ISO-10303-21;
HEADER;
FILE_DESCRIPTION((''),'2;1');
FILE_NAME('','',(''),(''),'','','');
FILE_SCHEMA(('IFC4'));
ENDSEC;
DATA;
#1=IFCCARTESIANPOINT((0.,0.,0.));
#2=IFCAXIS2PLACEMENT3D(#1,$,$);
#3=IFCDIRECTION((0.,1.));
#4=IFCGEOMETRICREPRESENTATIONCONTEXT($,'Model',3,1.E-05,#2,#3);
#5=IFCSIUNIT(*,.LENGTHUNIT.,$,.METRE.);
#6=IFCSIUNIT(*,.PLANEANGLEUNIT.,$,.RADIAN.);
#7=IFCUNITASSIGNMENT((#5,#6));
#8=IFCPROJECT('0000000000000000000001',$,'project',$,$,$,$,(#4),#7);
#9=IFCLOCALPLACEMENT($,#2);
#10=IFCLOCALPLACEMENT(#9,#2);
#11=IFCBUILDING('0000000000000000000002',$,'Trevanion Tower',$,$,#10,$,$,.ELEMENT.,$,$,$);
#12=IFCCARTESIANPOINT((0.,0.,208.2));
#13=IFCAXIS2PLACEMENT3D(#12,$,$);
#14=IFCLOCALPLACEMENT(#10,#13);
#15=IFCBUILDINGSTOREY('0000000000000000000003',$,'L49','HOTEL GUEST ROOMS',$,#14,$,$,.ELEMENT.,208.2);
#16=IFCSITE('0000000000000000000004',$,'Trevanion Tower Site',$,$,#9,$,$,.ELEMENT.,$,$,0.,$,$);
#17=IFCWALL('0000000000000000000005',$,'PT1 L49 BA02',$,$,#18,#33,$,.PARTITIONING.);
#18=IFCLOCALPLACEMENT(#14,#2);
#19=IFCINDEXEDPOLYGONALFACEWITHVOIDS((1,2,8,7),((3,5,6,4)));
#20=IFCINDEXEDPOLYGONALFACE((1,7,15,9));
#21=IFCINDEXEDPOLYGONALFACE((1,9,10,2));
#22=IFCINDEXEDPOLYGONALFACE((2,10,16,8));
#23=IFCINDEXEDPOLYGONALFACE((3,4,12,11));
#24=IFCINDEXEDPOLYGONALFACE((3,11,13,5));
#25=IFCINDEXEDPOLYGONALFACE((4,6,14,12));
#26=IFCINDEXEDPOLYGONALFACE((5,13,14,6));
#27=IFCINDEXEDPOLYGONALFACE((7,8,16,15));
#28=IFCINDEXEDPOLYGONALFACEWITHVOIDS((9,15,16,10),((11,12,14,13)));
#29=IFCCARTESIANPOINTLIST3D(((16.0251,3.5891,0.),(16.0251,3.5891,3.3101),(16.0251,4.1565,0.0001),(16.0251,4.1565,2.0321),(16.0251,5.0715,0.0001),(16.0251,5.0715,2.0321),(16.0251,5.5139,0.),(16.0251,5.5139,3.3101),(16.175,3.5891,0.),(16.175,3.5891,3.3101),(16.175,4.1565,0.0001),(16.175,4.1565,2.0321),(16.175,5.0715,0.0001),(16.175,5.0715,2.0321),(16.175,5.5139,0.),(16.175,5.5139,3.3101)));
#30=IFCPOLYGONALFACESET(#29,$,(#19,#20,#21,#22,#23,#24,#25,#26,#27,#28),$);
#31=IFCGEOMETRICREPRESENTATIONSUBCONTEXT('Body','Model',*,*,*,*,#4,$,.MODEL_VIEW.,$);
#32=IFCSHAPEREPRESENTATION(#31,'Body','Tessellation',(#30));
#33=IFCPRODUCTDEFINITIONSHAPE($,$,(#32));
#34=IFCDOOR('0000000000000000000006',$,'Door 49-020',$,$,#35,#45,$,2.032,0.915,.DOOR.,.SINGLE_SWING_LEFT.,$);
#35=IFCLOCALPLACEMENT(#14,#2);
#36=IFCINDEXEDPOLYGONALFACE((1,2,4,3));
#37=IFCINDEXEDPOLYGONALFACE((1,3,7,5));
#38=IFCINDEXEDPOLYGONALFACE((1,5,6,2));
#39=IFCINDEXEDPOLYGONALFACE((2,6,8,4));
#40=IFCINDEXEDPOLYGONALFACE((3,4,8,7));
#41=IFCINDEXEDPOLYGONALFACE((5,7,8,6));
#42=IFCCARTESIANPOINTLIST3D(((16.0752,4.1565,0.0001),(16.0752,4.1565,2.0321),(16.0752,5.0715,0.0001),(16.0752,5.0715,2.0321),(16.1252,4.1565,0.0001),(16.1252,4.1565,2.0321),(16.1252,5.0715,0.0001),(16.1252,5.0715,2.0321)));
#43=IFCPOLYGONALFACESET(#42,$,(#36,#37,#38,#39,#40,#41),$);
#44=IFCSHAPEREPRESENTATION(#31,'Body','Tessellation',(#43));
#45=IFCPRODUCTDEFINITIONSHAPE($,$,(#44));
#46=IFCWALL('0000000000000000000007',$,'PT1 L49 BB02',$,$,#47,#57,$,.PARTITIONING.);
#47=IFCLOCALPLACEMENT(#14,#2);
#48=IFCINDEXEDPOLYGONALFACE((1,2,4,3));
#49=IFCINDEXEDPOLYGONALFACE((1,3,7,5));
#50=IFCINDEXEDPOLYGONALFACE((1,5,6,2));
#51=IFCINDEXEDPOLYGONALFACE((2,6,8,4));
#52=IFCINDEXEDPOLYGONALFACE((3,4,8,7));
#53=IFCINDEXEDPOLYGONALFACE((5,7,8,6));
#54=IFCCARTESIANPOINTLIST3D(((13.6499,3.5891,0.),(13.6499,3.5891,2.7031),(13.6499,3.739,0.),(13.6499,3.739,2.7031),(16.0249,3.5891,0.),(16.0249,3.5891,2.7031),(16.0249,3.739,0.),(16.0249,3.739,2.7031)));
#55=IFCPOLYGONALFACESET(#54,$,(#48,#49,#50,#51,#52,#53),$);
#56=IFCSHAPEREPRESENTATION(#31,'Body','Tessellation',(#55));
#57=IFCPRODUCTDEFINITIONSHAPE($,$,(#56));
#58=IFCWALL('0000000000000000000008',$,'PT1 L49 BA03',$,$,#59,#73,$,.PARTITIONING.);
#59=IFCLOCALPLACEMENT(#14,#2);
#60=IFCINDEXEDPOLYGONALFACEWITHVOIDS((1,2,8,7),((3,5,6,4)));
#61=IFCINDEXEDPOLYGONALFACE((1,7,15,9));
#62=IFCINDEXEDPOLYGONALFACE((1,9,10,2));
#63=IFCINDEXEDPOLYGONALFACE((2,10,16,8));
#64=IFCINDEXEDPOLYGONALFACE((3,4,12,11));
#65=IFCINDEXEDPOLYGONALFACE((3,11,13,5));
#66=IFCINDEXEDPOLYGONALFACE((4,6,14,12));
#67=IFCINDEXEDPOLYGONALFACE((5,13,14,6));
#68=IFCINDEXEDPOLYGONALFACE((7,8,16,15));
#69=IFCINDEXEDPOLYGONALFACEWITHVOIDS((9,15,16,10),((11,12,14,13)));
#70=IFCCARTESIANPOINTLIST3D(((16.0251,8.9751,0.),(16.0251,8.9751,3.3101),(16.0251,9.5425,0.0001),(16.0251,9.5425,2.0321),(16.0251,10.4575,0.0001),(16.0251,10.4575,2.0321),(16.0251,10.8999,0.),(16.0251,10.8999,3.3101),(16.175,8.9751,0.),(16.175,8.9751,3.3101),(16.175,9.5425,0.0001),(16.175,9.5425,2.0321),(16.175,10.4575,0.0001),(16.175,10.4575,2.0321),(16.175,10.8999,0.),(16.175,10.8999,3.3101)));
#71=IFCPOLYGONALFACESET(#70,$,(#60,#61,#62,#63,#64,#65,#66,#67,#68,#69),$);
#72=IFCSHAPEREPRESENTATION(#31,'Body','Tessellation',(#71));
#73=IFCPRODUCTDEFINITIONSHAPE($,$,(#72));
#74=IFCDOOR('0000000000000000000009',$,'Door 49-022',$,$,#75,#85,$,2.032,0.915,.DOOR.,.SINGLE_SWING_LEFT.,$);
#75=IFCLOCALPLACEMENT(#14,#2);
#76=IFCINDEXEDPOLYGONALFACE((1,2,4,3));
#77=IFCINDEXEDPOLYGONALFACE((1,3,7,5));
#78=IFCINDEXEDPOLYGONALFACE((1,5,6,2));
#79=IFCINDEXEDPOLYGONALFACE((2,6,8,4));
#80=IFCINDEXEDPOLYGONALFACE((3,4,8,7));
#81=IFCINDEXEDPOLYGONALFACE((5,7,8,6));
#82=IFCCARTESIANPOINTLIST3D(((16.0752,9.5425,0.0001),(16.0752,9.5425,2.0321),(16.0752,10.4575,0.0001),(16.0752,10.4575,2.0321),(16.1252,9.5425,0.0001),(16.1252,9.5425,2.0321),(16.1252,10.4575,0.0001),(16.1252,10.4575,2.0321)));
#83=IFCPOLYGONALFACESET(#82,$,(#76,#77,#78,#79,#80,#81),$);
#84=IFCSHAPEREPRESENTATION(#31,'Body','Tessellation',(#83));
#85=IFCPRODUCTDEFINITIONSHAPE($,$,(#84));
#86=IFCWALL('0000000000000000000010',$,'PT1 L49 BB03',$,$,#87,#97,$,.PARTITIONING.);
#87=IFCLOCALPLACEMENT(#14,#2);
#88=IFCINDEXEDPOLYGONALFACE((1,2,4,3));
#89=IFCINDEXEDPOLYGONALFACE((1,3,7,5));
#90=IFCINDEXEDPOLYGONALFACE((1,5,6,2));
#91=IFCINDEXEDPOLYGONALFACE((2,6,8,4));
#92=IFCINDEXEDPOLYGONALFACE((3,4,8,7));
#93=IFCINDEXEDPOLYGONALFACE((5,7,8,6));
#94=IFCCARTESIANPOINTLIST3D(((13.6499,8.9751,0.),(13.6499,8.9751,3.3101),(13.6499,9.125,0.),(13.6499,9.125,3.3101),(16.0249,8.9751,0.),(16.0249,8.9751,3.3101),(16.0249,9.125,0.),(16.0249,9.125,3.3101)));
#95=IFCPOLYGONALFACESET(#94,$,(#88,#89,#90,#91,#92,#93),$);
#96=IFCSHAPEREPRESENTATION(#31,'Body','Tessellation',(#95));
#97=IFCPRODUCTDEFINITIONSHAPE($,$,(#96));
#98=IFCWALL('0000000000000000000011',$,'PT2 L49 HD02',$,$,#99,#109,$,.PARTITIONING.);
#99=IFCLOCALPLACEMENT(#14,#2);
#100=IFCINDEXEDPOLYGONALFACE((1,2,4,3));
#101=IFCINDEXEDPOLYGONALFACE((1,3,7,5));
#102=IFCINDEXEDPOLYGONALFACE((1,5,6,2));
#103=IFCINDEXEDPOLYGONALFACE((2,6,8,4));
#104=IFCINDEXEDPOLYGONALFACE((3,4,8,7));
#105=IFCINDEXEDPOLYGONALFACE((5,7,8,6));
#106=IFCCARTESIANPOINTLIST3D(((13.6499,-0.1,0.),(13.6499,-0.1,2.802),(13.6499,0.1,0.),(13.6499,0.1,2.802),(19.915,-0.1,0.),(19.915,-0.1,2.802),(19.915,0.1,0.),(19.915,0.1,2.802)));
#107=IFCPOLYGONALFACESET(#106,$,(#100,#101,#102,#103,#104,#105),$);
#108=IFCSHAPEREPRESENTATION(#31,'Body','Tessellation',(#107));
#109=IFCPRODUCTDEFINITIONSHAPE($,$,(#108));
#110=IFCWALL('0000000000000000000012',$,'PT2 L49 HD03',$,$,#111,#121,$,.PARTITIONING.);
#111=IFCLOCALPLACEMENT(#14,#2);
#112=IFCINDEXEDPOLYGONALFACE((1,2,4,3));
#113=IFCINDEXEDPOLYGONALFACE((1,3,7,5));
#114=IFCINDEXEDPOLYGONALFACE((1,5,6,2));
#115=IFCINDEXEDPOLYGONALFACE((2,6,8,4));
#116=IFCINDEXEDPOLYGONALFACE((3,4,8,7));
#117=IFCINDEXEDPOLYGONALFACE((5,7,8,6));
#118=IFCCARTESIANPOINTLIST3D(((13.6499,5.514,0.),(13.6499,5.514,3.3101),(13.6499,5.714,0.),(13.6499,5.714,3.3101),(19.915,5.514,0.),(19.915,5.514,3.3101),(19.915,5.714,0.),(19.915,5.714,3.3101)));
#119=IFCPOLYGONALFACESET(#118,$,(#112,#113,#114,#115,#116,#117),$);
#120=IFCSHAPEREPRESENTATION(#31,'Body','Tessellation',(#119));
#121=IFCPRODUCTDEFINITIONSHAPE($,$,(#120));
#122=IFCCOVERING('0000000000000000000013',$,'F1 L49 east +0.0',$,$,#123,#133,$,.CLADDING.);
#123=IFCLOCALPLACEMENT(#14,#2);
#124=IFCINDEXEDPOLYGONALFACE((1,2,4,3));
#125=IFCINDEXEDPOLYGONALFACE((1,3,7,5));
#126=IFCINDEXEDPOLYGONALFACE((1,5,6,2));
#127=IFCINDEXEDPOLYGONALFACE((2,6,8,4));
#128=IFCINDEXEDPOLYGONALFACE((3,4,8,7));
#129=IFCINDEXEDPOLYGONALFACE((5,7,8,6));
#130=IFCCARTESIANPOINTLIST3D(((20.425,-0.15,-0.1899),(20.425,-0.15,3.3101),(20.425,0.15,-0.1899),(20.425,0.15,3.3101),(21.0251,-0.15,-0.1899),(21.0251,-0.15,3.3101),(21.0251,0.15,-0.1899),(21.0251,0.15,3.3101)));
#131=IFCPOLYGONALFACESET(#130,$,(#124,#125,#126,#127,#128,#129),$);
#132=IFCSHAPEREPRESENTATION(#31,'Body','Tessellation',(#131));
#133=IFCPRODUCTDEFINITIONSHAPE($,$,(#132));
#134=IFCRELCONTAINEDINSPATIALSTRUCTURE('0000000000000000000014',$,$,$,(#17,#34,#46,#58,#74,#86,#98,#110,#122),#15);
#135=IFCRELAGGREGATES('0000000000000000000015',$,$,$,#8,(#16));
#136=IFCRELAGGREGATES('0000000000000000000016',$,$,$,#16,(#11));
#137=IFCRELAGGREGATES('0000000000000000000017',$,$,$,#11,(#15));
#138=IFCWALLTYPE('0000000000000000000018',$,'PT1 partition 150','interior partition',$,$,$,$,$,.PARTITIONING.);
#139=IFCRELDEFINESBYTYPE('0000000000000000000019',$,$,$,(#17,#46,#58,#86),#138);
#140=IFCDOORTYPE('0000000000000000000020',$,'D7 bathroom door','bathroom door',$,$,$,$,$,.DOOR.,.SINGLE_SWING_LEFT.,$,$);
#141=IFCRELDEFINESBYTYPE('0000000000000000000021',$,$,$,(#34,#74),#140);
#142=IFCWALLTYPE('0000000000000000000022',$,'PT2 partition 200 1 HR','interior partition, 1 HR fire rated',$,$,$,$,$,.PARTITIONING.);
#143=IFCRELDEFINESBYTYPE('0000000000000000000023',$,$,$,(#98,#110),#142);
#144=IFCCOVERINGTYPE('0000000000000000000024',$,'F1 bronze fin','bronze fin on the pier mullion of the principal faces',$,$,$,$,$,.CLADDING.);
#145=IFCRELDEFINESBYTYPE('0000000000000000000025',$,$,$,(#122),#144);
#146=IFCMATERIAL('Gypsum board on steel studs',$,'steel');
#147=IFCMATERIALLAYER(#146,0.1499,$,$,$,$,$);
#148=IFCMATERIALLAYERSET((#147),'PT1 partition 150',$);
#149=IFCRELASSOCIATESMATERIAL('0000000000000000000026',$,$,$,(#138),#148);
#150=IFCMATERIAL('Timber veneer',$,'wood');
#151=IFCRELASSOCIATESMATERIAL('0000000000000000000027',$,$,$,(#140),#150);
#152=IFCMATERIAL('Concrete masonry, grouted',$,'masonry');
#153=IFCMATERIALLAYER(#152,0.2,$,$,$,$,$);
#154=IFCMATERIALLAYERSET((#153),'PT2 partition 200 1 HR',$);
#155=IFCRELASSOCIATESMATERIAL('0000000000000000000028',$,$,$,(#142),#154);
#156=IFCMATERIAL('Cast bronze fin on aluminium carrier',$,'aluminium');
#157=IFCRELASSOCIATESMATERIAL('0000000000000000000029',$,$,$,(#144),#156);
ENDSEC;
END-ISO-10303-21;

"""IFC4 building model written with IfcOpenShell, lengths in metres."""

from ifc_helpers import new_model, si_unit, direction, frame, frame_2d, origin, origin_2d, place, context, subcontext, project, spatial, rectangle, extrude, material, layer, layer_set, type_object, element, fill, save


model = new_model("IFC4")

# Units and contexts
model_context = context("Model", 3, precision=1e-05, world=origin(), true_north=direction((0.0, 1.0)))
body_context = subcontext(model_context, "Body", "Model", "MODEL_VIEW")
ifc_project = project(units=[si_unit("LENGTHUNIT", "METRE"), si_unit("PLANEANGLEUNIT", "RADIAN")], contexts=[model_context])

# Site, building, storey
site_placement = place(None, origin())
site = spatial("IfcSite", under=ifc_project, at=site_placement, Name="Trevanion Tower Site", CompositionType="ELEMENT", RefElevation=0.0)
building_placement = place(site_placement, origin())
building = spatial("IfcBuilding", under=site, at=building_placement, Name="Trevanion Tower", CompositionType="ELEMENT")
storey_placement = place(building_placement, frame((0.0, 0.0, 208.2)))
storey = spatial("IfcBuildingStorey", under=building, at=storey_placement, Name="L49", Description="HOTEL GUEST ROOMS", CompositionType="ELEMENT", Elevation=208.2)

# Wall, opening, door
ifc_material_1 = material(Name="Gypsum board on steel studs", Category="steel")
ifc_layer_1 = layer(ifc_material_1, 0.1499)
ifc_layer_set_1 = layer_set([ifc_layer_1], Name="PT1 partition 150")
wall_type_1 = type_object("IfcWallType", Name="PT1 partition 150", Description="interior partition", PredefinedType="PARTITIONING", material=ifc_layer_set_1)
wall_1_placement = place(storey_placement, frame((16.1001, 3.5891, 0.0), z_axis=(0.0, 0.0, 1.0), x_axis=(0.0, 1.0, 0.0)))
wall_1 = element("IfcWall", 1, at=wall_1_placement, inside=storey, type_object=wall_type_1, Name="PT1 L49 BA02", PredefinedType="PARTITIONING", context=body_context, shape_type="SweptSolid", body=[
    extrude(rectangle(XDim=1.9248, YDim=0.1499, at=frame_2d((0.9624, 0.0))), origin(), (0.0, 0.0, 1.0), 3.3101),
])
opening_1_placement = place(wall_1_placement, frame((0.5674, 0.0, 0.0)))
opening_1 = element("IfcOpeningElement", 2, at=opening_1_placement, cuts=wall_1, PredefinedType="OPENING", context=body_context, shape_type="SweptSolid", body=[
    extrude(rectangle(XDim=0.915, YDim=2.032, at=frame_2d((0.4575, 1.0161))), frame((0.0, 0.085, 0.0), z_axis=(0.0, -1.0, 0.0), x_axis=(1.0, 0.0, 0.0)), (0.0, 0.0, 1.0), 0.1699),
])
ifc_material_2 = material(Name="Timber veneer", Category="wood")
door_type = type_object("IfcDoorType", Name="D7 bathroom door", Description="bathroom door", OperationType="SINGLE_SWING_LEFT", PredefinedType="DOOR", material=ifc_material_2)
door_1_placement = place(opening_1_placement, origin())
door_1 = element("IfcDoor", 3, at=door_1_placement, inside=storey, type_object=door_type, Name="Door 49-020", OperationType="SINGLE_SWING_LEFT", OverallHeight=2.032, OverallWidth=0.915, PredefinedType="DOOR", context=body_context, shape_type="SweptSolid", body=[
    extrude(rectangle(XDim=0.915, YDim=2.032, at=frame_2d((0.4575, 1.0161))), frame((0.0, 0.0249, 0.0), z_axis=(0.0, -1.0, 0.0), x_axis=(1.0, 0.0, 0.0)), (0.0, 0.0, 1.0), 0.05),
])
fill(opening_1, door_1)

# Wall
wall_2_placement = place(storey_placement, frame((13.6499, 3.6641, 0.0), z_axis=(0.0, 0.0, 1.0), x_axis=(1.0, 0.0, 0.0)))
element("IfcWall", 4, at=wall_2_placement, inside=storey, type_object=wall_type_1, Name="PT1 L49 BB02", PredefinedType="PARTITIONING", context=body_context, shape_type="SweptSolid", body=[
    extrude(rectangle(XDim=2.375, YDim=0.1499, at=frame_2d((1.1875, 0.0))), origin(), (0.0, 0.0, 1.0), 2.7031),
])

# Wall, opening, door
wall_3_placement = place(storey_placement, frame((16.1001, 8.9751, 0.0), z_axis=(0.0, 0.0, 1.0), x_axis=(0.0, 1.0, 0.0)))
wall_3 = element("IfcWall", 5, at=wall_3_placement, inside=storey, type_object=wall_type_1, Name="PT1 L49 BA03", PredefinedType="PARTITIONING", context=body_context, shape_type="SweptSolid", body=[
    extrude(rectangle(XDim=1.9248, YDim=0.1499, at=frame_2d((0.9624, 0.0))), origin(), (0.0, 0.0, 1.0), 3.3101),
])
opening_2_placement = place(wall_3_placement, frame((0.5674, 0.0, 0.0)))
opening_2 = element("IfcOpeningElement", 6, at=opening_2_placement, cuts=wall_3, PredefinedType="OPENING", context=body_context, shape_type="SweptSolid", body=[
    extrude(rectangle(XDim=0.915, YDim=2.032, at=frame_2d((0.4575, 1.0161))), frame((0.0, 0.085, 0.0), z_axis=(0.0, -1.0, 0.0), x_axis=(1.0, 0.0, 0.0)), (0.0, 0.0, 1.0), 0.1699),
])
door_2_placement = place(opening_2_placement, origin())
door_2 = element("IfcDoor", 7, at=door_2_placement, inside=storey, type_object=door_type, Name="Door 49-022", OperationType="SINGLE_SWING_LEFT", OverallHeight=2.032, OverallWidth=0.915, PredefinedType="DOOR", context=body_context, shape_type="SweptSolid", body=[
    extrude(rectangle(XDim=0.915, YDim=2.032, at=frame_2d((0.4575, 1.0161))), frame((0.0, 0.0249, 0.0), z_axis=(0.0, -1.0, 0.0), x_axis=(1.0, 0.0, 0.0)), (0.0, 0.0, 1.0), 0.05),
])
fill(opening_2, door_2)

# Walls
wall_4_placement = place(storey_placement, frame((13.6499, 9.05, 0.0), z_axis=(0.0, 0.0, 1.0), x_axis=(1.0, 0.0, 0.0)))
element("IfcWall", 8, at=wall_4_placement, inside=storey, type_object=wall_type_1, Name="PT1 L49 BB03", PredefinedType="PARTITIONING", context=body_context, shape_type="SweptSolid", body=[
    extrude(rectangle(XDim=2.375, YDim=0.1499, at=frame_2d((1.1875, 0.0))), origin(), (0.0, 0.0, 1.0), 3.3101),
])
ifc_material_3 = material(Name="Concrete masonry, grouted", Category="masonry")
ifc_layer_2 = layer(ifc_material_3, 0.2)
ifc_layer_set_2 = layer_set([ifc_layer_2], Name="PT2 partition 200 1 HR")
wall_type_2 = type_object("IfcWallType", Name="PT2 partition 200 1 HR", Description="interior partition, 1 HR fire rated", PredefinedType="PARTITIONING", material=ifc_layer_set_2)
wall_5_placement = place(storey_placement, frame((13.6499, 0.0, 0.0), z_axis=(0.0, 0.0, 1.0), x_axis=(1.0, 0.0, 0.0)))
element("IfcWall", 9, at=wall_5_placement, inside=storey, type_object=wall_type_2, Name="PT2 L49 HD02", PredefinedType="PARTITIONING", context=body_context, shape_type="SweptSolid", body=[
    extrude(rectangle(XDim=6.2651, YDim=0.2, at=frame_2d((3.1326, 0.0))), origin(), (0.0, 0.0, 1.0), 2.802),
])
wall_6_placement = place(storey_placement, frame((13.6499, 5.614, 0.0), z_axis=(0.0, 0.0, 1.0), x_axis=(1.0, 0.0, 0.0)))
element("IfcWall", 10, at=wall_6_placement, inside=storey, type_object=wall_type_2, Name="PT2 L49 HD03", PredefinedType="PARTITIONING", context=body_context, shape_type="SweptSolid", body=[
    extrude(rectangle(XDim=6.2651, YDim=0.2, at=frame_2d((3.1326, 0.0))), origin(), (0.0, 0.0, 1.0), 3.3101),
])

# Covering
ifc_material_4 = material(Name="Cast bronze fin on aluminium carrier", Category="aluminium")
covering_type = type_object("IfcCoveringType", Name="F1 bronze fin", Description="bronze fin on the pier mullion of the principal faces", PredefinedType="CLADDING", material=ifc_material_4)
covering_placement = place(storey_placement, frame((20.7251, 0.0, -0.1899), z_axis=(0.0, 0.0, 1.0), x_axis=(0.0, 1.0, 0.0)))
element("IfcCovering", 11, at=covering_placement, inside=storey, type_object=covering_type, Name="F1 L49 east +0.0", PredefinedType="CLADDING", context=body_context, shape_type="SweptSolid", body=[
    extrude(rectangle(XDim=0.3, YDim=0.6001, at=origin_2d()), origin(), (0.0, 0.0, 1.0), 3.5),
])

save(model, "model.ifc")
